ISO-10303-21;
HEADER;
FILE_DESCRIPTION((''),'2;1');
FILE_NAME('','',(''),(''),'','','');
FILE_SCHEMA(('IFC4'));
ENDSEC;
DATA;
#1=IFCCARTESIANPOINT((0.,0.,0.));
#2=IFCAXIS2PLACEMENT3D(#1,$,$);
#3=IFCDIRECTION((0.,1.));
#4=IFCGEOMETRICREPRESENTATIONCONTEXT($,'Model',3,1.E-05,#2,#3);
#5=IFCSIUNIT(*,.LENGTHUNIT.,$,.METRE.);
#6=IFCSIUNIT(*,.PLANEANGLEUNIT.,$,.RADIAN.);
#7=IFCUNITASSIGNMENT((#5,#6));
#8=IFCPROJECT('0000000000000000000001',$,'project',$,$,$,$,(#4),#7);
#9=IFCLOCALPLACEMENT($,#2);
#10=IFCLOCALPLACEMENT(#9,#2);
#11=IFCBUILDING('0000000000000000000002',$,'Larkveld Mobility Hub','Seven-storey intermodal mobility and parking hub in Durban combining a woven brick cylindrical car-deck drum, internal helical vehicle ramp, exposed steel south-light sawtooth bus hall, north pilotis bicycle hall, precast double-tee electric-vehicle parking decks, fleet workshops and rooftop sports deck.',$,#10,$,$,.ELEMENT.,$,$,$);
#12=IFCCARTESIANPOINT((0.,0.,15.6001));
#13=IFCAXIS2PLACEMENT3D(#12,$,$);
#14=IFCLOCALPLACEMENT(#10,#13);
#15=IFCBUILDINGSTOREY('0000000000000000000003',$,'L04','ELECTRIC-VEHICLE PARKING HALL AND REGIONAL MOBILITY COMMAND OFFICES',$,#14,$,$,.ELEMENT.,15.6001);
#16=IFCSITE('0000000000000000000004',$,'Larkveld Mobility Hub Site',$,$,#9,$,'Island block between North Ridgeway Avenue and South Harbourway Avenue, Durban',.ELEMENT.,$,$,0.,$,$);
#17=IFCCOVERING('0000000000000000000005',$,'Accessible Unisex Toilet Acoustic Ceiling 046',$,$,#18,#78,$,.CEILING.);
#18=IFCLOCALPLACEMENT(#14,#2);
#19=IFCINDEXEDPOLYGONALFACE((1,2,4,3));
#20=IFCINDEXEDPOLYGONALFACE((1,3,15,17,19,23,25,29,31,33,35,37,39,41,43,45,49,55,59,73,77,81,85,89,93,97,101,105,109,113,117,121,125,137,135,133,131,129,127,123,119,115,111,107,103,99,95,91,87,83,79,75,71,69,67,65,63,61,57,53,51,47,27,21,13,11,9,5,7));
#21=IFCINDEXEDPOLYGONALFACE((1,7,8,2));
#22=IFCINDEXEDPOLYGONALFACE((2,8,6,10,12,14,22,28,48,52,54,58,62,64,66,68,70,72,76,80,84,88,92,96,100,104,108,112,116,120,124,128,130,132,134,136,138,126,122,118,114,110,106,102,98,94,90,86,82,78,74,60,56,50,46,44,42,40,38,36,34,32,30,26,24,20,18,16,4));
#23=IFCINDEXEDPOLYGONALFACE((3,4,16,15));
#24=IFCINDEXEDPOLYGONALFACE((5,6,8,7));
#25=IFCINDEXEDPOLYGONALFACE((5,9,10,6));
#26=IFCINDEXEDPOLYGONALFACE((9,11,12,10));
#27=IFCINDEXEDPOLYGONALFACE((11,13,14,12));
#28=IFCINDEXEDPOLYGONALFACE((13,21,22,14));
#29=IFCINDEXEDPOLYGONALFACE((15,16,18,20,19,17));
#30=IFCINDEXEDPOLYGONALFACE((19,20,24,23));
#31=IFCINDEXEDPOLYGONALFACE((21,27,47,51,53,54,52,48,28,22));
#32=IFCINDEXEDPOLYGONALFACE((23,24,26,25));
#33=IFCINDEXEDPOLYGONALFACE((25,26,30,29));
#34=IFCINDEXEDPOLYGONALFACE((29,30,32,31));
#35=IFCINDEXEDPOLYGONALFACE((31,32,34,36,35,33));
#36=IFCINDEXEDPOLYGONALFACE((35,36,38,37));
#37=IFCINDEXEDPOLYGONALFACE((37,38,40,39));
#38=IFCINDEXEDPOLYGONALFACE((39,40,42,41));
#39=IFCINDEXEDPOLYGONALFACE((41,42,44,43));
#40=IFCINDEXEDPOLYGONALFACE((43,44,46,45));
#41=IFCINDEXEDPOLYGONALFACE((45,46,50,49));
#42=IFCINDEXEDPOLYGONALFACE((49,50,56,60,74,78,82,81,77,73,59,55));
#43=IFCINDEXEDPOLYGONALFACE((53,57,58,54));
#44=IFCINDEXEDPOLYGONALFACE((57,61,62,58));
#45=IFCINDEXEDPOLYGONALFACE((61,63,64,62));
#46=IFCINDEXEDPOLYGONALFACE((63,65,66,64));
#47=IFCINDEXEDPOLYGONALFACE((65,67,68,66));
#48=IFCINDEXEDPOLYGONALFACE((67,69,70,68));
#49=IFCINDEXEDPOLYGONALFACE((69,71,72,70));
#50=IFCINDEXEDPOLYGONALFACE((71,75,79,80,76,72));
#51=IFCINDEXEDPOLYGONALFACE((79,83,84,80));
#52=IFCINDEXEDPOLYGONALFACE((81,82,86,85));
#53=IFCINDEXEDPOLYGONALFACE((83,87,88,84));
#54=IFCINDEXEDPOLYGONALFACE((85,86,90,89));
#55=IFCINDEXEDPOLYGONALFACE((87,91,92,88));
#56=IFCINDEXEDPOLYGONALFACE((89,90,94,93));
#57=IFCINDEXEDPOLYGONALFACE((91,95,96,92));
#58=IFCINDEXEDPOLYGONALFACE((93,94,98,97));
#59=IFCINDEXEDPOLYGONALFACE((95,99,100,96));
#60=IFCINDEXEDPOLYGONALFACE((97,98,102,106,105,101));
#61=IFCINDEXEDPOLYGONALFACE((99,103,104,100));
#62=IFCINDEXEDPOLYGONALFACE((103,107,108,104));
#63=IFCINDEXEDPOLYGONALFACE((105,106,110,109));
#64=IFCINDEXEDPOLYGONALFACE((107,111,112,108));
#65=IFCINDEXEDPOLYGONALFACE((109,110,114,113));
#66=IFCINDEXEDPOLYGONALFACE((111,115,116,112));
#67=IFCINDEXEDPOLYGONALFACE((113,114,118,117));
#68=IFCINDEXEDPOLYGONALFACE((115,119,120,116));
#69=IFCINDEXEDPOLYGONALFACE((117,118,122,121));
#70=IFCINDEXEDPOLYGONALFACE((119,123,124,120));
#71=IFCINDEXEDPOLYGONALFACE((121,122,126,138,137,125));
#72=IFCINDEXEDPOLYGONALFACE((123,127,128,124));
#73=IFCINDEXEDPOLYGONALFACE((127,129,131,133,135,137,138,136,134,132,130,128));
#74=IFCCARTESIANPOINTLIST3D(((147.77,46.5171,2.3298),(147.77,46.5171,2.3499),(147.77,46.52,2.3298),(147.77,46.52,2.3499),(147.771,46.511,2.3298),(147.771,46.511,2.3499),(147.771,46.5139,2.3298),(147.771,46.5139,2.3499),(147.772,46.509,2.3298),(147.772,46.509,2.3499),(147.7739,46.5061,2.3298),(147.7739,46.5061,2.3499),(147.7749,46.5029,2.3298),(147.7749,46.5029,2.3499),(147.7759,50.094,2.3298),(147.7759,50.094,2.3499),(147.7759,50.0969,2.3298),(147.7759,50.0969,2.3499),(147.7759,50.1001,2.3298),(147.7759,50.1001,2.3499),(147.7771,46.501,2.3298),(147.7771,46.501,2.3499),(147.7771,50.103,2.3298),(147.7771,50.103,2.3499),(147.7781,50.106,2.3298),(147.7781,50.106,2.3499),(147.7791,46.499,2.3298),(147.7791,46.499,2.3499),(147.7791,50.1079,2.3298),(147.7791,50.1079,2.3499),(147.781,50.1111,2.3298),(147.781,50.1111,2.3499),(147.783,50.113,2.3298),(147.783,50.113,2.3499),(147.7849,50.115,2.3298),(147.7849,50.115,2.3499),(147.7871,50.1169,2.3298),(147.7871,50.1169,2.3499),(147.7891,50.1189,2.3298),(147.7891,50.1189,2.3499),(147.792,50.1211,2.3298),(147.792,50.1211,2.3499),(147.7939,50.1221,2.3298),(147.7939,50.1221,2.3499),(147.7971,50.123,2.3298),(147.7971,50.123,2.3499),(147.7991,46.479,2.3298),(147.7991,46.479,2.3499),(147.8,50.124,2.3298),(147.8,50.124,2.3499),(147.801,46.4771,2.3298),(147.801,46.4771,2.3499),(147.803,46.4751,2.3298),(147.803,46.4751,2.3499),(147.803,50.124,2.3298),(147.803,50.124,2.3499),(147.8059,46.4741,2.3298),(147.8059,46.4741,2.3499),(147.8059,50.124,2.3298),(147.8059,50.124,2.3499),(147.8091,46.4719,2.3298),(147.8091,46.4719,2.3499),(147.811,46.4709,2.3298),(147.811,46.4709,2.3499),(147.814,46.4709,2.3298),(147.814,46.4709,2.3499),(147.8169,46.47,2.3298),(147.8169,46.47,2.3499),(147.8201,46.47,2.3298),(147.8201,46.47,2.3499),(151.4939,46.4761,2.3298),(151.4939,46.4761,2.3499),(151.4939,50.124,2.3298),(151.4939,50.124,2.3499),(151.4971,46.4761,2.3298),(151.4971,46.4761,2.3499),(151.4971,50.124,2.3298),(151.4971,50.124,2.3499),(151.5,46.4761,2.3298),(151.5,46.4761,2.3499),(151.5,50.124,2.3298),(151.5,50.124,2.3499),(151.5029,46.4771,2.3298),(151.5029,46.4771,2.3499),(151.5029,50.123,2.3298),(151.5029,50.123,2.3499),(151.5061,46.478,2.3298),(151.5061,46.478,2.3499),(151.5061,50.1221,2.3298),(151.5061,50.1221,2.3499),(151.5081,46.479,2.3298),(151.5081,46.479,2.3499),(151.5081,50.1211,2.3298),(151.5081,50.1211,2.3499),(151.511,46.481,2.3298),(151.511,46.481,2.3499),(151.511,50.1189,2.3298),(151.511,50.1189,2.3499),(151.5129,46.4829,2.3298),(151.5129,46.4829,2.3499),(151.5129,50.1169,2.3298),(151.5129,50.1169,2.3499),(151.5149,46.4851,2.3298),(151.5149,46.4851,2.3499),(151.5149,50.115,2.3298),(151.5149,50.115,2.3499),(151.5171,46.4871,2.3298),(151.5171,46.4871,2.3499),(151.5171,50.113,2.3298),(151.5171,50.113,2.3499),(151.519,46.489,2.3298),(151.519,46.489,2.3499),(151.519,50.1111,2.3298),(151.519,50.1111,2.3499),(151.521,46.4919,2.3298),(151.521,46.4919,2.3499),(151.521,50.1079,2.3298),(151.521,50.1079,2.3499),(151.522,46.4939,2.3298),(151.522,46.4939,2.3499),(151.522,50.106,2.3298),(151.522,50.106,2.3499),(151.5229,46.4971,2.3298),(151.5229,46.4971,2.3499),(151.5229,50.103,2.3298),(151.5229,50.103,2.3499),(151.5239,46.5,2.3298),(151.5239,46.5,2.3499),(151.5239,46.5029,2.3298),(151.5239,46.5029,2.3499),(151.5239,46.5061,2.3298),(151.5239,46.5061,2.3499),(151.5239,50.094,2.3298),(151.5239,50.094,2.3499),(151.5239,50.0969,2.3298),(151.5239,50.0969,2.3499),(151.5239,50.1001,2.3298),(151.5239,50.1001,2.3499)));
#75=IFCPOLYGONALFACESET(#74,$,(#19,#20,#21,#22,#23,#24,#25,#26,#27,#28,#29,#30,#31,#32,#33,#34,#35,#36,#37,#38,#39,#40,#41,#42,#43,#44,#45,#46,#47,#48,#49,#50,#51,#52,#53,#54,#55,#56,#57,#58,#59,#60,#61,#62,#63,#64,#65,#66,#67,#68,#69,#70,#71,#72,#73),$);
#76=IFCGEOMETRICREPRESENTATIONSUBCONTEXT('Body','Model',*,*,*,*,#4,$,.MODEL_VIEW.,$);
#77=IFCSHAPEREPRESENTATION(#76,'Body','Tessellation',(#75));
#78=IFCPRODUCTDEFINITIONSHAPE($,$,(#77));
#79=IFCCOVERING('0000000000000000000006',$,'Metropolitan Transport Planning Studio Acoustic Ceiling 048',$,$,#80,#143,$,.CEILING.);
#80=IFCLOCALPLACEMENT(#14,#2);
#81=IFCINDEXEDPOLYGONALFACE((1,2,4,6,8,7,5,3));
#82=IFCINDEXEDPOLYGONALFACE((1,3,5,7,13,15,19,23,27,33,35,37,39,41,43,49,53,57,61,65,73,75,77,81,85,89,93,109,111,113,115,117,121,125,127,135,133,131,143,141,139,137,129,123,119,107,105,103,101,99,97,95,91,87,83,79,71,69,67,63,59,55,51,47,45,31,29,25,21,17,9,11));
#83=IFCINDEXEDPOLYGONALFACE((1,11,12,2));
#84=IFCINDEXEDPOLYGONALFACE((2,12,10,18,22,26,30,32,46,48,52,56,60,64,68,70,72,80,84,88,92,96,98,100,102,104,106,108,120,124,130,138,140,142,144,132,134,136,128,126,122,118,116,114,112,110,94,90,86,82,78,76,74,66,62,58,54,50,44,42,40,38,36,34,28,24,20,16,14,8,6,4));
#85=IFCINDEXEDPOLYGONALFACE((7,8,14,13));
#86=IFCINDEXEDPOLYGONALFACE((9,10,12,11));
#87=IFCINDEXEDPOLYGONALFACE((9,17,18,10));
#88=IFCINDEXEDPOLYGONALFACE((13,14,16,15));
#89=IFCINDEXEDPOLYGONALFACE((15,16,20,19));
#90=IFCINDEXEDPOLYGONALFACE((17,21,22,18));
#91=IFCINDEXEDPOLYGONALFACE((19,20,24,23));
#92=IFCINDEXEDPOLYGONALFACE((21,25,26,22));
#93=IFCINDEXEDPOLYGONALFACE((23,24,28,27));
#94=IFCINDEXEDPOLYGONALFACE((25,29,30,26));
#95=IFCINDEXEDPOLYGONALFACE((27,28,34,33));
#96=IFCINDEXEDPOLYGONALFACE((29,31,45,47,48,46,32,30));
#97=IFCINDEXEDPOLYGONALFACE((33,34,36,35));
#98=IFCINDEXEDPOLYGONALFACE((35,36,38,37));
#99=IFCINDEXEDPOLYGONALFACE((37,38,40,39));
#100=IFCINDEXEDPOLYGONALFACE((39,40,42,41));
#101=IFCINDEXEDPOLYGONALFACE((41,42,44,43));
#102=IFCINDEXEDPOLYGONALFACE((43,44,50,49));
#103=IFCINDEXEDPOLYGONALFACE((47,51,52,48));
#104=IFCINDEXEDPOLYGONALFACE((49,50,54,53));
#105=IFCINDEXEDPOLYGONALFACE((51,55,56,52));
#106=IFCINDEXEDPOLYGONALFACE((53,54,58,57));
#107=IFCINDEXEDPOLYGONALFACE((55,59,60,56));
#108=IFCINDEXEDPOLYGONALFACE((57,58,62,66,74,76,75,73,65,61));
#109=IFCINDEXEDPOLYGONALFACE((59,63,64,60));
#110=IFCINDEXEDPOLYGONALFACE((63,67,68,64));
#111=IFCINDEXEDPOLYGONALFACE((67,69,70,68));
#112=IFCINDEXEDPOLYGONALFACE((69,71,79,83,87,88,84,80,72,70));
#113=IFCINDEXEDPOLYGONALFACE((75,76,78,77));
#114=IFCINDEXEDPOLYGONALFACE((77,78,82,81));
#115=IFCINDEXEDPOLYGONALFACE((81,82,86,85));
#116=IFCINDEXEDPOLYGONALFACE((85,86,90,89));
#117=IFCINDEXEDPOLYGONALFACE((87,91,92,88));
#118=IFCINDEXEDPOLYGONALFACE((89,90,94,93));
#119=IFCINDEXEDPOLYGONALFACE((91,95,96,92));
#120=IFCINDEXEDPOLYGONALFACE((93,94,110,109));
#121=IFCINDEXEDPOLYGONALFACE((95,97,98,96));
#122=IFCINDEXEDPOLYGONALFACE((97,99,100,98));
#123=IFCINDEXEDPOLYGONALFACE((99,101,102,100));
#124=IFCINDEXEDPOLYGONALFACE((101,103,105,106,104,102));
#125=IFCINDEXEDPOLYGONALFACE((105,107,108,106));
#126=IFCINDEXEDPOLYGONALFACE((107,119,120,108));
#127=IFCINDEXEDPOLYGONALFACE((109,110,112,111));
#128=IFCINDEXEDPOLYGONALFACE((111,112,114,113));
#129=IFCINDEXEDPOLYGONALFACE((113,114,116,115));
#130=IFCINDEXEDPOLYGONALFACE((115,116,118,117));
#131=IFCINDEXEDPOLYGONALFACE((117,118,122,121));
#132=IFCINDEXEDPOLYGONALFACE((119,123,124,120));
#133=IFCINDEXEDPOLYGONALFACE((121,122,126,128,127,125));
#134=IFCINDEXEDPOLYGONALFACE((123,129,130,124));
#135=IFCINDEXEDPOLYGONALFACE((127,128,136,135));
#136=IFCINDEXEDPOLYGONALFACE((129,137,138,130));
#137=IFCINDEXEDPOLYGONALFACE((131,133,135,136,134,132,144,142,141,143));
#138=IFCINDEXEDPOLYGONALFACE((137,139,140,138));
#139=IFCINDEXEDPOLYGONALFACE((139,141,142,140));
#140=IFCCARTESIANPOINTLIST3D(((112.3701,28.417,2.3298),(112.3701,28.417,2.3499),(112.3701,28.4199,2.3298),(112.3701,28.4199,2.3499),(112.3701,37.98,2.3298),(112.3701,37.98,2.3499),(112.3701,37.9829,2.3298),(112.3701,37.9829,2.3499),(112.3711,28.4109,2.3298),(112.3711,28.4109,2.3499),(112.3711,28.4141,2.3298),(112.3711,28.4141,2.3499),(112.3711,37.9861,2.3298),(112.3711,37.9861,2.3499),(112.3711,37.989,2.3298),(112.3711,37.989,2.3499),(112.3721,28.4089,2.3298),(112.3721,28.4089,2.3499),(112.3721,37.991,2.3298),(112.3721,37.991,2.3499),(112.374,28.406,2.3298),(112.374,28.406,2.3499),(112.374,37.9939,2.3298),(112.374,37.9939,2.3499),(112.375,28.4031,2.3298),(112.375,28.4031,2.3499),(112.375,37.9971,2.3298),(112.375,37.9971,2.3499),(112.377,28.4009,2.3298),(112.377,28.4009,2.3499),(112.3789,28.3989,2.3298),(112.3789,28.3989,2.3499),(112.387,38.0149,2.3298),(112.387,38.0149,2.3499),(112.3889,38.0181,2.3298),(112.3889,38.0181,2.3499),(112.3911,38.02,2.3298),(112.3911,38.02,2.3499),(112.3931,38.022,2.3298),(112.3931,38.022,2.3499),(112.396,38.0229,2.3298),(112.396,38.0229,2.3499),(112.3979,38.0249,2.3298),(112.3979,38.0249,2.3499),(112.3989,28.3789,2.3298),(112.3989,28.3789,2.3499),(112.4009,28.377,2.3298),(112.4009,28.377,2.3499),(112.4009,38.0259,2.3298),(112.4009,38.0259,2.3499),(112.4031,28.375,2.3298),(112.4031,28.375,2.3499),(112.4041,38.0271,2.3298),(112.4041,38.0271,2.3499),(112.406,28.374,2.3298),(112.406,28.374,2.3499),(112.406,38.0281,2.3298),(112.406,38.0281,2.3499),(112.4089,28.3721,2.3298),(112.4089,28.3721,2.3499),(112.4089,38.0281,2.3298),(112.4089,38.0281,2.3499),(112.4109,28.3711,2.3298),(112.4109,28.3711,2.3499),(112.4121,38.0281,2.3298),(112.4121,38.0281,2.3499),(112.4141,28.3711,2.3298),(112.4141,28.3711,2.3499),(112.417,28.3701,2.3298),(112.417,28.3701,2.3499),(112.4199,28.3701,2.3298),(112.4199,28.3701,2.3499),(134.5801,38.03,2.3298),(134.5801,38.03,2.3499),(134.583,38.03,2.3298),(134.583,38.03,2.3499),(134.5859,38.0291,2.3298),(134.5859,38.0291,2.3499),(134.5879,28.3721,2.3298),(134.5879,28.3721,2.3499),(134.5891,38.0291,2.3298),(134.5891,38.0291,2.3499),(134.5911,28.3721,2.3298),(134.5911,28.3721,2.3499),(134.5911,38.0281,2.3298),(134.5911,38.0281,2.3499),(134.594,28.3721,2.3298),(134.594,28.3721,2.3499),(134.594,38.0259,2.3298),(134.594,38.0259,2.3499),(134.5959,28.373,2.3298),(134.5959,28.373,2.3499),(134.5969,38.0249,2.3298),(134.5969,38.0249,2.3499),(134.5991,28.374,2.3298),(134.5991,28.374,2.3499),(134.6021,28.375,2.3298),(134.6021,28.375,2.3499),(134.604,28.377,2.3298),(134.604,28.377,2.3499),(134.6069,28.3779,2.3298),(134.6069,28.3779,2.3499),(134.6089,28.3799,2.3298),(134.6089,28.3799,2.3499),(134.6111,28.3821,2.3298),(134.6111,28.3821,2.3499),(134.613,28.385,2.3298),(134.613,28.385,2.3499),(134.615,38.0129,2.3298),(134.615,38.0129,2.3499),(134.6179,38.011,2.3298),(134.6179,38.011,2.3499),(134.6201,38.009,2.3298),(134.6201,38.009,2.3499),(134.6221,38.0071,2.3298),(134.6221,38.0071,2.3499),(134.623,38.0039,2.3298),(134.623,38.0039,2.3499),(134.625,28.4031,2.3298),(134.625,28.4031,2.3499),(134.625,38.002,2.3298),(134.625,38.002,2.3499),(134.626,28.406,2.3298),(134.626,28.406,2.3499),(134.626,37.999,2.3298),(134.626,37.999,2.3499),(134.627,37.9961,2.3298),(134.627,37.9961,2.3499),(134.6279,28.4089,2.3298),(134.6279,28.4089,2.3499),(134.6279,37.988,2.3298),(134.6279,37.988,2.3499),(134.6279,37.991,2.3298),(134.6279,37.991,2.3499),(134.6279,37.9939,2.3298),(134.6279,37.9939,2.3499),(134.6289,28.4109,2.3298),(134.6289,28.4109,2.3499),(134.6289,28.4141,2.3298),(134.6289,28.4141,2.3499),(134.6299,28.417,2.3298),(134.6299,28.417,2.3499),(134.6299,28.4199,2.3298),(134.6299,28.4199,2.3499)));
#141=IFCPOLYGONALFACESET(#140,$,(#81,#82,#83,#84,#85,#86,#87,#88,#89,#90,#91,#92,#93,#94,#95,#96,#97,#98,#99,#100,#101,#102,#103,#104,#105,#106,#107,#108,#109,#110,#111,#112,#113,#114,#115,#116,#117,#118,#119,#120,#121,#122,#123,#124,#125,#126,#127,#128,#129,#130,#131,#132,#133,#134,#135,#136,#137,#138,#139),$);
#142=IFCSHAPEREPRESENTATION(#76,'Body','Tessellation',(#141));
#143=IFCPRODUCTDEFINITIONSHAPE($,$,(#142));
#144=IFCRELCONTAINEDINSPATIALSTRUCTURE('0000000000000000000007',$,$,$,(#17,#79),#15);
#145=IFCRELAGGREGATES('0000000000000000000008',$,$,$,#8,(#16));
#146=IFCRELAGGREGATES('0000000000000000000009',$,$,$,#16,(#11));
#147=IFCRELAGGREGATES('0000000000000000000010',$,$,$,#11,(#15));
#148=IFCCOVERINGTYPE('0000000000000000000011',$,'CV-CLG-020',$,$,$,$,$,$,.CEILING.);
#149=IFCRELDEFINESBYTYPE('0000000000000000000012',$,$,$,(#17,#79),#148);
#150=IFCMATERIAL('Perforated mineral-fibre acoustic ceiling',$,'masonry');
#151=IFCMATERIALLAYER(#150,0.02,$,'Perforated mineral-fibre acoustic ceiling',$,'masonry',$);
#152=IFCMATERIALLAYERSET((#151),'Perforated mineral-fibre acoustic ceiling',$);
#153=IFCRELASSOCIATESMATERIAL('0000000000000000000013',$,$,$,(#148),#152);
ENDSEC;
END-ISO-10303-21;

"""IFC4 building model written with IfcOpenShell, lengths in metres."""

from ifc_helpers import new_model, si_unit, direction, frame, origin, place, context, subcontext, project, spatial, polyline, outline, extrude, material, layer, layer_set, type_object, element, save


model = new_model("IFC4")

# Units and contexts
model_context = context("Model", 3, precision=1e-05, world=origin(), true_north=direction((0.0, 1.0)))
body_context = subcontext(model_context, "Body", "Model", "MODEL_VIEW")
ifc_project = project(units=[si_unit("LENGTHUNIT", "METRE"), si_unit("PLANEANGLEUNIT", "RADIAN")], contexts=[model_context])

# Site, building, storey
site_placement = place(None, origin())
site = spatial("IfcSite", under=ifc_project, at=site_placement, Name="Larkveld Mobility Hub Site", LongName="Island block between North Ridgeway Avenue and South Harbourway Avenue, Durban", CompositionType="ELEMENT", RefElevation=0.0)
building_placement = place(site_placement, origin())
building = spatial("IfcBuilding", under=site, at=building_placement, Name="Larkveld Mobility Hub", Description="Seven-storey intermodal mobility and parking hub in Durban combining a woven brick cylindrical car-deck drum, internal helical vehicle ramp, exposed steel south-light sawtooth bus hall, north pilotis bicycle hall, precast double-tee electric-vehicle parking decks, fleet workshops and rooftop sports deck.", CompositionType="ELEMENT")
storey_placement = place(building_placement, frame((0.0, 0.0, 15.6001)))
storey = spatial("IfcBuildingStorey", under=building, at=storey_placement, Name="L04", Description="ELECTRIC-VEHICLE PARKING HALL AND REGIONAL MOBILITY COMMAND OFFICES", CompositionType="ELEMENT", Elevation=15.6001)

# Coverings
ifc_material_1 = material(Name="Perforated mineral-fibre acoustic ceiling", Category="masonry")
ifc_layer_1 = layer(ifc_material_1, 0.02, Name="Perforated mineral-fibre acoustic ceiling", Category="masonry")
ifc_layer_set_1 = layer_set([ifc_layer_1], Name="Perforated mineral-fibre acoustic ceiling")
covering_type_1 = type_object("IfcCoveringType", Name="CV-CLG-020", PredefinedType="CEILING", material=ifc_layer_set_1)
covering_1_placement = place(storey_placement, frame((0.0, 0.0, 2.3298)))
element("IfcCovering", 1, at=covering_1_placement, inside=storey, type_object=covering_type_1, Name="Accessible Unisex Toilet Acoustic Ceiling 046", PredefinedType="CEILING", context=body_context, shape_type="SweptSolid", body=[
    extrude(outline(polyline([(147.8201, 46.47), (147.8169, 46.47), (147.814, 46.4709), (147.811, 46.4709), (147.8091, 46.4719), (147.8059, 46.4741), (147.803, 46.4751), (147.801, 46.4771), (147.7991, 46.479), (147.7791, 46.499), (147.7771, 46.501), (147.7749, 46.5029), (147.7739, 46.5061), (147.772, 46.509), (147.771, 46.511), (147.771, 46.5139), (147.77, 46.5171), (147.77, 46.52), (147.7759, 50.094), (147.7759, 50.0969), (147.7759, 50.1001), (147.7771, 50.103), (147.7781, 50.106), (147.7791, 50.1079), (147.781, 50.1111), (147.783, 50.113), (147.7849, 50.115), (147.7871, 50.1169), (147.7891, 50.1189), (147.792, 50.1211), (147.7939, 50.1221), (147.7971, 50.123), (147.8, 50.124), (147.803, 50.124), (147.8059, 50.124), (151.4939, 50.124), (151.4971, 50.124), (151.5, 50.124), (151.5029, 50.123), (151.5061, 50.1221), (151.5081, 50.1211), (151.511, 50.1189), (151.5129, 50.1169), (151.5149, 50.115), (151.5171, 50.113), (151.519, 50.1111), (151.521, 50.1079), (151.522, 50.106), (151.5229, 50.103), (151.5239, 50.1001), (151.5239, 50.0969), (151.5239, 50.094), (151.5239, 46.5061), (151.5239, 46.5029), (151.5239, 46.5), (151.5229, 46.4971), (151.522, 46.4939), (151.521, 46.4919), (151.519, 46.489), (151.5171, 46.4871), (151.5149, 46.4851), (151.5129, 46.4829), (151.511, 46.481), (151.5081, 46.479), (151.5061, 46.478), (151.5029, 46.4771), (151.5, 46.4761), (151.4971, 46.4761), (151.4939, 46.4761), (147.8201, 46.47)])), origin(), (0.0, 0.0, 1.0), 0.02),
])
covering_2_placement = place(storey_placement, frame((0.0, 0.0, 2.3298)))
element("IfcCovering", 2, at=covering_2_placement, inside=storey, type_object=covering_type_1, Name="Metropolitan Transport Planning Studio Acoustic Ceiling 048", PredefinedType="CEILING", context=body_context, shape_type="SweptSolid", body=[
    extrude(outline(polyline([(112.4199, 28.3701), (112.417, 28.3701), (112.4141, 28.3711), (112.4109, 28.3711), (112.4089, 28.3721), (112.406, 28.374), (112.4031, 28.375), (112.4009, 28.377), (112.3989, 28.3789), (112.3789, 28.3989), (112.377, 28.4009), (112.375, 28.4031), (112.374, 28.406), (112.3721, 28.4089), (112.3711, 28.4109), (112.3711, 28.4141), (112.3701, 28.417), (112.3701, 28.4199), (112.3701, 37.98), (112.3701, 37.9829), (112.3711, 37.9861), (112.3711, 37.989), (112.3721, 37.991), (112.374, 37.9939), (112.375, 37.9971), (112.387, 38.0149), (112.3889, 38.0181), (112.3911, 38.02), (112.3931, 38.022), (112.396, 38.0229), (112.3979, 38.0249), (112.4009, 38.0259), (112.4041, 38.0271), (112.406, 38.0281), (112.4089, 38.0281), (112.4121, 38.0281), (134.5801, 38.03), (134.583, 38.03), (134.5859, 38.0291), (134.5891, 38.0291), (134.5911, 38.0281), (134.594, 38.0259), (134.5969, 38.0249), (134.615, 38.0129), (134.6179, 38.011), (134.6201, 38.009), (134.6221, 38.0071), (134.623, 38.0039), (134.625, 38.002), (134.626, 37.999), (134.627, 37.9961), (134.6279, 37.9939), (134.6279, 37.991), (134.6279, 37.988), (134.6299, 28.4199), (134.6299, 28.417), (134.6289, 28.4141), (134.6289, 28.4109), (134.6279, 28.4089), (134.626, 28.406), (134.625, 28.4031), (134.613, 28.385), (134.6111, 28.3821), (134.6089, 28.3799), (134.6069, 28.3779), (134.604, 28.377), (134.6021, 28.375), (134.5991, 28.374), (134.5959, 28.373), (134.594, 28.3721), (134.5911, 28.3721), (134.5879, 28.3721), (112.4199, 28.3701)])), origin(), (0.0, 0.0, 1.0), 0.02),
])

save(model, "model.ifc")
